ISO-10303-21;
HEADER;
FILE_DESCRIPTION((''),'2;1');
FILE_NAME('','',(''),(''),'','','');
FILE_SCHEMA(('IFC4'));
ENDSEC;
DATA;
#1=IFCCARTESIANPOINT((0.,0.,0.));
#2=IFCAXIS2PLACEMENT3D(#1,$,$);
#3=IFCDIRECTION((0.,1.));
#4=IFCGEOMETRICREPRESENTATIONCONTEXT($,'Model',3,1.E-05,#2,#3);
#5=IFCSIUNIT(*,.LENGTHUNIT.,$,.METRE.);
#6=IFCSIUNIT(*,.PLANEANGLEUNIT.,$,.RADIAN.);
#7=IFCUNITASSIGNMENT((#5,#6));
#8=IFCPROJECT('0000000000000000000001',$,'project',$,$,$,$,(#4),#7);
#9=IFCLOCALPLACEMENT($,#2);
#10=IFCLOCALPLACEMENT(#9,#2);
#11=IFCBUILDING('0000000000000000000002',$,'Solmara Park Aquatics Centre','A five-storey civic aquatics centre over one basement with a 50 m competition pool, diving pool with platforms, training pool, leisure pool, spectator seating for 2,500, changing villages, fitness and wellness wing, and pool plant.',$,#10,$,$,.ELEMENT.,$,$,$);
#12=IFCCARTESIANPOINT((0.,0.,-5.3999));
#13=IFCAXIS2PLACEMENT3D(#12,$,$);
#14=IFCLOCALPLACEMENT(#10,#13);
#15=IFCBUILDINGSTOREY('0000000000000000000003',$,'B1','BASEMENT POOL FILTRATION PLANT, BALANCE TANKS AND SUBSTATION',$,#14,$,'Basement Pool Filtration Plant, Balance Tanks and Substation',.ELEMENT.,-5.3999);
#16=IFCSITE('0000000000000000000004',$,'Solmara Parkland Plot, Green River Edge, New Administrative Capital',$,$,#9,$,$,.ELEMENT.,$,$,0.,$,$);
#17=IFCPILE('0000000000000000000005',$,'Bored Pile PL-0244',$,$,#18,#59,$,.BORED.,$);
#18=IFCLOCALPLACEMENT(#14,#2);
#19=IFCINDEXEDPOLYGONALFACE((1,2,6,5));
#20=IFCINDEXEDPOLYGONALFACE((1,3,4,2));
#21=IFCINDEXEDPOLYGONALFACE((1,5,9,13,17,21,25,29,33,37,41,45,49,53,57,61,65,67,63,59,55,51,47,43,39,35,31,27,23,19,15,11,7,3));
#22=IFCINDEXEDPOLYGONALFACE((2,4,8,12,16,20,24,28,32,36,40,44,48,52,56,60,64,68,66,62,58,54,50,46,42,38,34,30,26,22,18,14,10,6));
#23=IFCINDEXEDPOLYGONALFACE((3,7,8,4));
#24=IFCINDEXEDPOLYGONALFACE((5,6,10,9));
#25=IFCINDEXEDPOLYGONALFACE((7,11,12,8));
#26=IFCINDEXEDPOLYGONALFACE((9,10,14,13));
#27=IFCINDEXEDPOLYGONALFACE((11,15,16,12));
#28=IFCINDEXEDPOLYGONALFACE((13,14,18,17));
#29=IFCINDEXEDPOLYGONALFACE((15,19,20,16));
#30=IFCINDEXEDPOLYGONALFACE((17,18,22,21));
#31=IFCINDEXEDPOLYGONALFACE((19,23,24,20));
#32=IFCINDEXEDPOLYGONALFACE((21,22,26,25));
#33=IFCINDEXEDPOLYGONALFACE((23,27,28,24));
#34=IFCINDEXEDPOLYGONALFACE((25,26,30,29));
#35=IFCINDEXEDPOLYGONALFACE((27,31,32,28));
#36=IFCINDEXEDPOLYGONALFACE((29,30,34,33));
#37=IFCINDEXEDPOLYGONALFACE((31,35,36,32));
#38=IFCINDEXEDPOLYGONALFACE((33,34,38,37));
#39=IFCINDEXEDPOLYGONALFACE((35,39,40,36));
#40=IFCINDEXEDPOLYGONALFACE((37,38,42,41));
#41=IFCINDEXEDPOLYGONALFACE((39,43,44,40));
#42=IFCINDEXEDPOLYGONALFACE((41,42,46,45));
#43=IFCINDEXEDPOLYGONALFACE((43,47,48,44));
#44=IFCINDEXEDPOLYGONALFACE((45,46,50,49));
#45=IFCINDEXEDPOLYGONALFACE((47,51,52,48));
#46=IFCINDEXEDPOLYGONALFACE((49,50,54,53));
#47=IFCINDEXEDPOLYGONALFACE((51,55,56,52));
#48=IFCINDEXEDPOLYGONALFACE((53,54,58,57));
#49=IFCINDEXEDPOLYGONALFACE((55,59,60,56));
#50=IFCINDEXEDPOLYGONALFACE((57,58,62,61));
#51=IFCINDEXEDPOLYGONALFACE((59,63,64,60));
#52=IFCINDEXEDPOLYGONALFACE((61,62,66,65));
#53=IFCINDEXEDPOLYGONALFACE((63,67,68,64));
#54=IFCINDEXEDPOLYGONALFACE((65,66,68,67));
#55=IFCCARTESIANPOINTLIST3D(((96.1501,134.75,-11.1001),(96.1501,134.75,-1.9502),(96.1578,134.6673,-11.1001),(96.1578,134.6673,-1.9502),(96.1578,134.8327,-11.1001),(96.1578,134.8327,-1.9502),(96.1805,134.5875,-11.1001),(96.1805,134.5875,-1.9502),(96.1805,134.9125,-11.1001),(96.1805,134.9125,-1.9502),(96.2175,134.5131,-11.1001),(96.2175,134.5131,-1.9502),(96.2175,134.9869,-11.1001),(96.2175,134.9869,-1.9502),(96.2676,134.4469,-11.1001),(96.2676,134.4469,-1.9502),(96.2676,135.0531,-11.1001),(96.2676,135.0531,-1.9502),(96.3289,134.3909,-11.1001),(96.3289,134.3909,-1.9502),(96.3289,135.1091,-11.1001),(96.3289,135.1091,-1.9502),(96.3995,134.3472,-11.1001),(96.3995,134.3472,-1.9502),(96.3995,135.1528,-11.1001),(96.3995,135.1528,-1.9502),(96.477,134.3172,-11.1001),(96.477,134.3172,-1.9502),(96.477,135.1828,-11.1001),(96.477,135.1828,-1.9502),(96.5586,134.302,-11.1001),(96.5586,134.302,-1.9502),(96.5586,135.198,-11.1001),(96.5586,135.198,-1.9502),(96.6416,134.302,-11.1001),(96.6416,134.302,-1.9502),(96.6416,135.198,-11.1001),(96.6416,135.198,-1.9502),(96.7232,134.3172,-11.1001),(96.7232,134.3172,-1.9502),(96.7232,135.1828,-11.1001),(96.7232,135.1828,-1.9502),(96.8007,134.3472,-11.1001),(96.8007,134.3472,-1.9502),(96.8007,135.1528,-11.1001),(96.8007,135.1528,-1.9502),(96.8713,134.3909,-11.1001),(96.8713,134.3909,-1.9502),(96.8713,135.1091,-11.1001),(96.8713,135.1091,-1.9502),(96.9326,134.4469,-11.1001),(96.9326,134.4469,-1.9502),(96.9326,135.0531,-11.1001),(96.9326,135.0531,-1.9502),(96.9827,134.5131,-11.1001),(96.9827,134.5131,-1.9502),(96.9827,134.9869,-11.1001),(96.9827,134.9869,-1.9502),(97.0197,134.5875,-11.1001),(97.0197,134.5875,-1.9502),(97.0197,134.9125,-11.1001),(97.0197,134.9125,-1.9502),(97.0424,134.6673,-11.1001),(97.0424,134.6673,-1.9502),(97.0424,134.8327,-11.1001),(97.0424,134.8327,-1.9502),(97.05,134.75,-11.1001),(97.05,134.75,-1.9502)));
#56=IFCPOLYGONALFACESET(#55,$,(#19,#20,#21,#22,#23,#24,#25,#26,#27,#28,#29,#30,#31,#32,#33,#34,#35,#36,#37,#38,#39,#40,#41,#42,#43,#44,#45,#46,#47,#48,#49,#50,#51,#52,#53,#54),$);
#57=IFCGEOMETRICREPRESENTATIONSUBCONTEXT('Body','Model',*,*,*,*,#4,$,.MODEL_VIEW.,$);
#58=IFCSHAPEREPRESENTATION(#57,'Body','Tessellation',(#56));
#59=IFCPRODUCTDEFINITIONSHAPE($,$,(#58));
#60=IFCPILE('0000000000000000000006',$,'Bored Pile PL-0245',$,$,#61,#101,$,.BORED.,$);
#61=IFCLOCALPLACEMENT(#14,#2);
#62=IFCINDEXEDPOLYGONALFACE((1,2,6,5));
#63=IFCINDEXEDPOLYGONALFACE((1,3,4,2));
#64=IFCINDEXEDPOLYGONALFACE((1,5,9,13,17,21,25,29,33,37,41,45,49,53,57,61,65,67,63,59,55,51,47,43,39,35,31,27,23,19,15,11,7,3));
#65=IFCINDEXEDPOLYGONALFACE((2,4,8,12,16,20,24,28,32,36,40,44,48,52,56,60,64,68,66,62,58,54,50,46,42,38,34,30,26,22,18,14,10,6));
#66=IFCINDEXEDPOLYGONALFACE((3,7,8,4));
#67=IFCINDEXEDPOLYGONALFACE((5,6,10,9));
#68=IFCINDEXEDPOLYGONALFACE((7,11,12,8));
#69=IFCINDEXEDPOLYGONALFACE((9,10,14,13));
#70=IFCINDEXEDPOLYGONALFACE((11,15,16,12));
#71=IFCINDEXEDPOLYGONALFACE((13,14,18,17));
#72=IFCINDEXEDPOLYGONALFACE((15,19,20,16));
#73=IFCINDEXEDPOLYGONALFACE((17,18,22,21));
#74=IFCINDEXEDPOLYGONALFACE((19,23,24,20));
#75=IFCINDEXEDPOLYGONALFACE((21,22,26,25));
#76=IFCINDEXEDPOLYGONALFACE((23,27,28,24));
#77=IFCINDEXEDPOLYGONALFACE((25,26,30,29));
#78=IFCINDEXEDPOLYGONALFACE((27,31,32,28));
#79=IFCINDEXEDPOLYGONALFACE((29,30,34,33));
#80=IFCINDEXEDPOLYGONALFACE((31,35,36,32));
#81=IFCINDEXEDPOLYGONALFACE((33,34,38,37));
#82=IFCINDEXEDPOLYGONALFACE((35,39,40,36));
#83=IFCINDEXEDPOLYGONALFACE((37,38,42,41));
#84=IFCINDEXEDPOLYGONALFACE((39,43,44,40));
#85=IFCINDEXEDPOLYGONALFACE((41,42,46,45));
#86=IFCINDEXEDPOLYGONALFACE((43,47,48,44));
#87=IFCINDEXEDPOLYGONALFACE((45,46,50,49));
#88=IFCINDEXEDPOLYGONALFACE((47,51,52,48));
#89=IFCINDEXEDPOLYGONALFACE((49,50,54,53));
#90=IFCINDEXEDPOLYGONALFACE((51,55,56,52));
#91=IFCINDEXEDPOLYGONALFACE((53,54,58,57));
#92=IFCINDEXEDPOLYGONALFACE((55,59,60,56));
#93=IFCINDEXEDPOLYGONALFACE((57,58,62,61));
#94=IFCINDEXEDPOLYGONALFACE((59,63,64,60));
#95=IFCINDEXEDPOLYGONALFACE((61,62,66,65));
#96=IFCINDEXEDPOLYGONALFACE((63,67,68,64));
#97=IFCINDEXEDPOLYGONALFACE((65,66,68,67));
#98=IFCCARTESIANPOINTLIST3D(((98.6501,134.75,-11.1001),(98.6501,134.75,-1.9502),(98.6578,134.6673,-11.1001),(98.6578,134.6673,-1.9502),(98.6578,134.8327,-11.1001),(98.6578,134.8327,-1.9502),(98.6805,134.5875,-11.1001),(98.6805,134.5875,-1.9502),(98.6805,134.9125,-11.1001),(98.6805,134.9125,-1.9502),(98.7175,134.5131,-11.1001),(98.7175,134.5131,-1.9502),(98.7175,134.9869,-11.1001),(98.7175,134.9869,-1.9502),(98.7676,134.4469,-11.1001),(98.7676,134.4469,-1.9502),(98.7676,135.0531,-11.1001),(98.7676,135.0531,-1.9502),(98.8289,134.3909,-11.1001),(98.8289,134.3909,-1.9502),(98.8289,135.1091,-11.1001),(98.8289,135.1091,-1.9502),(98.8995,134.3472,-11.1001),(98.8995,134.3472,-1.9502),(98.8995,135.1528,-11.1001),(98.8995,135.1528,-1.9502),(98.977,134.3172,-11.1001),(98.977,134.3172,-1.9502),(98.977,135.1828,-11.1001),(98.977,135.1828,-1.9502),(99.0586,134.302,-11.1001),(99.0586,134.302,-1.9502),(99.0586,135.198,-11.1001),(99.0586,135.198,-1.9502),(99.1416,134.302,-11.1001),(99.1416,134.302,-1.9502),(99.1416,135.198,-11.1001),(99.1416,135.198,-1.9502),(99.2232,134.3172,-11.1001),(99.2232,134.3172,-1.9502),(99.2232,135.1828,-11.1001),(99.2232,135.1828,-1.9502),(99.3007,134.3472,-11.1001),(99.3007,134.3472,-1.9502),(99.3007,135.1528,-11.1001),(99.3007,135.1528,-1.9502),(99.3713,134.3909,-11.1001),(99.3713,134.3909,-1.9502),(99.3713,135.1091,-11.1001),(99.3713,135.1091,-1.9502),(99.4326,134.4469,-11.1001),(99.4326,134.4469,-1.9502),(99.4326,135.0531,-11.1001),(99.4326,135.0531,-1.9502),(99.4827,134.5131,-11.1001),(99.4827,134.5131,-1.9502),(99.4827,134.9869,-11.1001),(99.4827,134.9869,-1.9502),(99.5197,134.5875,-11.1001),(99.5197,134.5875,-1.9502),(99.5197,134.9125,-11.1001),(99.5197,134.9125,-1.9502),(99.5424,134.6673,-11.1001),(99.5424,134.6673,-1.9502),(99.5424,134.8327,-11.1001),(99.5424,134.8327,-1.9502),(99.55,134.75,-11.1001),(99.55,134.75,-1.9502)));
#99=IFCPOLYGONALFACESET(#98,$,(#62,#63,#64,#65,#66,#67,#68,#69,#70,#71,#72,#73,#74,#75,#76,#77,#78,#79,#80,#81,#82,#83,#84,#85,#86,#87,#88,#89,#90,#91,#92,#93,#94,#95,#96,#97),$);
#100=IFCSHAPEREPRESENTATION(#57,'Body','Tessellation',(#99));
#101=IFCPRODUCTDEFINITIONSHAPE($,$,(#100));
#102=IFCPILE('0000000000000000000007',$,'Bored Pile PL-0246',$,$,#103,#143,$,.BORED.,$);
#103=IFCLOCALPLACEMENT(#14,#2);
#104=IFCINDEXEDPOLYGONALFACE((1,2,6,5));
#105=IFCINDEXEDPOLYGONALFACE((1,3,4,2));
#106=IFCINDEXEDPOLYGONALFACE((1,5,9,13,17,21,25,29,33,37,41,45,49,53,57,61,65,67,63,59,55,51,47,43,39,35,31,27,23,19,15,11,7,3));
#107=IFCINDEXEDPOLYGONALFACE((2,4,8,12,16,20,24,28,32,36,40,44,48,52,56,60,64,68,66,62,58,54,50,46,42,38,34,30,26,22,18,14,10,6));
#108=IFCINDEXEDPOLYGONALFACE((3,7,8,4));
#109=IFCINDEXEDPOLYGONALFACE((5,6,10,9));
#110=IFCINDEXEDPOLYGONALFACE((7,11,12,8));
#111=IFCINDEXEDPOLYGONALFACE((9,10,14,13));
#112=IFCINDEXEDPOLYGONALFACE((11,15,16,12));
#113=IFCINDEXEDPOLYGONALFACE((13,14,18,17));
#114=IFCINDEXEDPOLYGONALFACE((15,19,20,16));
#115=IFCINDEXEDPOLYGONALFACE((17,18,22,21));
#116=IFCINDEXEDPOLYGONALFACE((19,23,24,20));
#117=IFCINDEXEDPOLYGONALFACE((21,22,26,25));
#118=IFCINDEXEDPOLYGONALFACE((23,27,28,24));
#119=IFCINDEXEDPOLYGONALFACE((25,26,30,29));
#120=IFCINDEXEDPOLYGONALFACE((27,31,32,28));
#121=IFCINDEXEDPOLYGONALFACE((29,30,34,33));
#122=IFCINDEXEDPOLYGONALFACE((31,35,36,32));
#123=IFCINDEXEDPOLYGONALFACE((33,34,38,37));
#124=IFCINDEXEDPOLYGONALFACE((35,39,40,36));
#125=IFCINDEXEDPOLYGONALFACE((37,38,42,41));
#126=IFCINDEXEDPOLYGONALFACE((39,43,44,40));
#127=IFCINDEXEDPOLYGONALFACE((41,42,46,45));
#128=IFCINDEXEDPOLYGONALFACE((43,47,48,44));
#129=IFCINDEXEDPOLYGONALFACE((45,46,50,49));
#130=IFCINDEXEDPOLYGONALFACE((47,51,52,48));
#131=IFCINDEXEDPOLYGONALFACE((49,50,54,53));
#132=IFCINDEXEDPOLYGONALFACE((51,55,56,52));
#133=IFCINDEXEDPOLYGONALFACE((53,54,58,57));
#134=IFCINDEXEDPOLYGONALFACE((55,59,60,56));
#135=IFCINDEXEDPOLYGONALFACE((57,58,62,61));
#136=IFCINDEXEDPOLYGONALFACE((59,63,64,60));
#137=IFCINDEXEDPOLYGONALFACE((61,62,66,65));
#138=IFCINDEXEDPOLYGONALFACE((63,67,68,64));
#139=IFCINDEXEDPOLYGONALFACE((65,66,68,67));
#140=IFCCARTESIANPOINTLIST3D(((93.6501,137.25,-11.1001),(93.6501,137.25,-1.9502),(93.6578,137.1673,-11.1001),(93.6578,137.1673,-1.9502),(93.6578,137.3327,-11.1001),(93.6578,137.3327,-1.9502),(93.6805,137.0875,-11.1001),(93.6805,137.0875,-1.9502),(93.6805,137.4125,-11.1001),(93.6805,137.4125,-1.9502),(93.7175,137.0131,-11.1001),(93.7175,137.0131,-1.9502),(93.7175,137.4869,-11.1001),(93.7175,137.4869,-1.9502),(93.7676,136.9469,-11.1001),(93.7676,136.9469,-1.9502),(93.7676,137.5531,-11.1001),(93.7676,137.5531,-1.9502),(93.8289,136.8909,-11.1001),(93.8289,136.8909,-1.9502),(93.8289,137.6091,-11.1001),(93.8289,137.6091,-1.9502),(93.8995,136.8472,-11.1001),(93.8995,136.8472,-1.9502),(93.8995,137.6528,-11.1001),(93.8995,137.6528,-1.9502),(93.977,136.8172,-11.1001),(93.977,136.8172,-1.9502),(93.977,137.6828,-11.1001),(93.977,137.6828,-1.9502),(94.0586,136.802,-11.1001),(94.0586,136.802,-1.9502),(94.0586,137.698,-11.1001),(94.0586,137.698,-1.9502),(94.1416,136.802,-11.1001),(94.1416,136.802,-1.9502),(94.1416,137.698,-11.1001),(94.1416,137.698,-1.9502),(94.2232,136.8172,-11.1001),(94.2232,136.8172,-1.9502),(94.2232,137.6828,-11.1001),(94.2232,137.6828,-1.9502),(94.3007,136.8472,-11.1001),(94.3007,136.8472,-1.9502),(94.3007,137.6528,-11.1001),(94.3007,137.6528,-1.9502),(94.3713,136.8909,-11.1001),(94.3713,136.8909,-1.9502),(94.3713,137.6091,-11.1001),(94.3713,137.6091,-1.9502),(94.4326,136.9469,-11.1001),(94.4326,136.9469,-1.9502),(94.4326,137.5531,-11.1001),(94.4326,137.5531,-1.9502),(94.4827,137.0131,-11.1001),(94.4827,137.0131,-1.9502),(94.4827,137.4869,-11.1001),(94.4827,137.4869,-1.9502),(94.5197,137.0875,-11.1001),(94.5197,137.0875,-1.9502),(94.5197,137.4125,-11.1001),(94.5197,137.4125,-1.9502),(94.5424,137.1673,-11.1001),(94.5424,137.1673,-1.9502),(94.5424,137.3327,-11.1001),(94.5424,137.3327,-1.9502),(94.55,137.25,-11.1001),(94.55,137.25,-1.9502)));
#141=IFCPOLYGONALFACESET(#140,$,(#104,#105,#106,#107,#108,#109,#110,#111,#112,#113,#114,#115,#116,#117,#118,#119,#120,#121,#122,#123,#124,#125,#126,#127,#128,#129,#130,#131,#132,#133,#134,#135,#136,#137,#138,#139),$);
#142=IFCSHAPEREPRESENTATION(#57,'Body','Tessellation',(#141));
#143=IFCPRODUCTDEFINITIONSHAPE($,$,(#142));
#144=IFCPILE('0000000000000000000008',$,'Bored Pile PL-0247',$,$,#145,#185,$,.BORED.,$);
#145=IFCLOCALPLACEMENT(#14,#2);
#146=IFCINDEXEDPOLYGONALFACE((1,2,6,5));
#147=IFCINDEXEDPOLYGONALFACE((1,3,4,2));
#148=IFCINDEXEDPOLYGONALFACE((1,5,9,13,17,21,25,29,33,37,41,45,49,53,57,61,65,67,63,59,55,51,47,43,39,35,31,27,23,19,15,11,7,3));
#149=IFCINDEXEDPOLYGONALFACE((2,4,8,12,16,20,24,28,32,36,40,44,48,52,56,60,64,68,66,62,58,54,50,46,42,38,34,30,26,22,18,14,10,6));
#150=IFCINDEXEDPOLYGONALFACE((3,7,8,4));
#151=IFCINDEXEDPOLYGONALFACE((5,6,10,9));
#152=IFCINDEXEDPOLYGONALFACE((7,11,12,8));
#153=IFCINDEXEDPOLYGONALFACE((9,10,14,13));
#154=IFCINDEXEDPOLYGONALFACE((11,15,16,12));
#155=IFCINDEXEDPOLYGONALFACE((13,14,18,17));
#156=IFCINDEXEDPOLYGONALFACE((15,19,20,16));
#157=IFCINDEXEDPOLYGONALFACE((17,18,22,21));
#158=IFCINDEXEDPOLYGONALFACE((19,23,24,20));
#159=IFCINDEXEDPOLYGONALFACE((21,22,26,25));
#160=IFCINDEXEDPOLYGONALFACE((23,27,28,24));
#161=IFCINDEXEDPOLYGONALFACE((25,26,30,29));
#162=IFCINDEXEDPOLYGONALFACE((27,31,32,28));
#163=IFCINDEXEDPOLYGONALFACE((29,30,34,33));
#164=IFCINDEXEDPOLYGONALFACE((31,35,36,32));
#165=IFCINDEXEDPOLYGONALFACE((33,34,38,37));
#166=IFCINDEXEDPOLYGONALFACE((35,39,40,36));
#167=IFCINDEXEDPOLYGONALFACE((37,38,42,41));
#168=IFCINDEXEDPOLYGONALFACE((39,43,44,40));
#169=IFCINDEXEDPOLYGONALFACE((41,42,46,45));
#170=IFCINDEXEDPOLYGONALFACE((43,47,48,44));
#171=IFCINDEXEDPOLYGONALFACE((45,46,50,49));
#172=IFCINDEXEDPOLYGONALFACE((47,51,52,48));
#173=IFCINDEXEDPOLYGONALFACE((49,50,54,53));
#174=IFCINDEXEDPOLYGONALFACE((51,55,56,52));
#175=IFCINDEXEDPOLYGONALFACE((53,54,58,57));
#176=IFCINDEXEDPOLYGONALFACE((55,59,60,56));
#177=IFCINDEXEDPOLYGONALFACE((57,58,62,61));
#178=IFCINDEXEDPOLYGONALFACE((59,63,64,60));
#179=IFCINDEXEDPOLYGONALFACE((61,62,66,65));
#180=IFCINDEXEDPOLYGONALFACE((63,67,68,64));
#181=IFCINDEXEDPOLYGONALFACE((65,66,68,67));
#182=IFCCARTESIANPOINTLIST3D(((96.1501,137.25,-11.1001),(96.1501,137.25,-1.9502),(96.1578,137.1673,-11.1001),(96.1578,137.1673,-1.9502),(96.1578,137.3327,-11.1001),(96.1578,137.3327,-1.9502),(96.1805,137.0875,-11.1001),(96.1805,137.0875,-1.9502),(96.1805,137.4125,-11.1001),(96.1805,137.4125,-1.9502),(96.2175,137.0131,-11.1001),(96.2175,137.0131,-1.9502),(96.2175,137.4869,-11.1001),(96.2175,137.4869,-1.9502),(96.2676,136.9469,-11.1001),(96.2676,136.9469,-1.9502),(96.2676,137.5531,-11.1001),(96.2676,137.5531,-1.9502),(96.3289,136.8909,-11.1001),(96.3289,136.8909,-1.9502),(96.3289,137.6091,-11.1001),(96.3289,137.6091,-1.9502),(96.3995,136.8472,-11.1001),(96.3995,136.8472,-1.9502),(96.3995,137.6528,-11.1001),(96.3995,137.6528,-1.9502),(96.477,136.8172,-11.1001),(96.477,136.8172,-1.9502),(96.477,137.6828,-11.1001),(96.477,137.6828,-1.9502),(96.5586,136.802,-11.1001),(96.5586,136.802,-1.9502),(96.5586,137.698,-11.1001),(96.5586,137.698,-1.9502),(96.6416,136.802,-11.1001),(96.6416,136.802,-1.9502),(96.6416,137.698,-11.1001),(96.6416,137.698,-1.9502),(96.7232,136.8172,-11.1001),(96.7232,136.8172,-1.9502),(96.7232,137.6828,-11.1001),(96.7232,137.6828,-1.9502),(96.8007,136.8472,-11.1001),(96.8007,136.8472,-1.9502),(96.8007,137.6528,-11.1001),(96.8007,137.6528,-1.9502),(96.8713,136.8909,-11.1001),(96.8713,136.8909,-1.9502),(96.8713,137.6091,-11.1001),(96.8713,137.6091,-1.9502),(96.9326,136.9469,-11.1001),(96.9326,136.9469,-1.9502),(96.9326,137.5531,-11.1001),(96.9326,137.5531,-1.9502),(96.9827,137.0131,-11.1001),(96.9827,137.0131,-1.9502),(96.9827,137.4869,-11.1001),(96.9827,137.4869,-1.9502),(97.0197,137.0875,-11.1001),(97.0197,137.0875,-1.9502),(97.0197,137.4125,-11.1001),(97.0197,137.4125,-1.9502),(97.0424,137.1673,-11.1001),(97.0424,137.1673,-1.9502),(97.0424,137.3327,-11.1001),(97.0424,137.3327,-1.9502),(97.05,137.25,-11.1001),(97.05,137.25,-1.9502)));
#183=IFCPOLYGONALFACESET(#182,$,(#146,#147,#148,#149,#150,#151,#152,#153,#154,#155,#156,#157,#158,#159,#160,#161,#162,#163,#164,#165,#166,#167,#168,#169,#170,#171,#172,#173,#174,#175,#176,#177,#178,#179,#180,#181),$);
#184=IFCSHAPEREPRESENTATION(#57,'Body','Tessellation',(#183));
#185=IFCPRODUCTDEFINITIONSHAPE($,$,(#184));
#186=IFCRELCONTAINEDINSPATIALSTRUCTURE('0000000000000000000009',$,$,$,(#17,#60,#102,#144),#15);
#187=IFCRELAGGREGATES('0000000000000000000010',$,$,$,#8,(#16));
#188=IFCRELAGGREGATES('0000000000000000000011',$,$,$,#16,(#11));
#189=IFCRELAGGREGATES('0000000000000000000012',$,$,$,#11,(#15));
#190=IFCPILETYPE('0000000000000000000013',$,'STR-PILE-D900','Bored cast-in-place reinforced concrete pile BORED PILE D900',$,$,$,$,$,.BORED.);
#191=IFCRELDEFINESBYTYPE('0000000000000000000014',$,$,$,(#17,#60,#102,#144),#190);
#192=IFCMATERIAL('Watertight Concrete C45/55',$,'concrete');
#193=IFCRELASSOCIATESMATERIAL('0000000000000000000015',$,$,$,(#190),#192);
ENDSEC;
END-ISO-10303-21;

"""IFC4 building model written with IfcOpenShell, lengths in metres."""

from ifc_helpers import new_model, si_unit, direction, frame, origin, origin_2d, place, context, subcontext, project, spatial, circle, extrude, material, material_profile, profile_set, type_object, element, save


model = new_model("IFC4")

# Units and contexts
model_context = context("Model", 3, precision=1e-05, world=origin(), true_north=direction((0.0, 1.0)))
body_context = subcontext(model_context, "Body", "Model", "MODEL_VIEW")
ifc_project = project(units=[si_unit("LENGTHUNIT", "METRE"), si_unit("PLANEANGLEUNIT", "RADIAN")], contexts=[model_context])

# Site, building, storey
site_placement = place(None, origin())
site = spatial("IfcSite", under=ifc_project, at=site_placement, Name="Solmara Parkland Plot, Green River Edge, New Administrative Capital", CompositionType="ELEMENT", RefElevation=0.0)
building_placement = place(site_placement, origin())
building = spatial("IfcBuilding", under=site, at=building_placement, Name="Solmara Park Aquatics Centre", Description="A five-storey civic aquatics centre over one basement with a 50 m competition pool, diving pool with platforms, training pool, leisure pool, spectator seating for 2,500, changing villages, fitness and wellness wing, and pool plant.", CompositionType="ELEMENT")
storey_placement = place(building_placement, frame((0.0, 0.0, -5.3999)))
storey = spatial("IfcBuildingStorey", under=building, at=storey_placement, Name="B1", Description="BASEMENT POOL FILTRATION PLANT, BALANCE TANKS AND SUBSTATION", LongName="Basement Pool Filtration Plant, Balance Tanks and Substation", CompositionType="ELEMENT", Elevation=-5.3999)

# Shared definitions
ifc_material_1 = material(Name="Watertight Concrete C45/55", Category="concrete")

# Piles
ifc_material_profile_1 = material_profile(ifc_material_1, circle(Radius=0.45, at=origin_2d()), Name="BORED PILE D900")
ifc_profile_set_1 = profile_set([ifc_material_profile_1], Name="Watertight Concrete C45/55")
pile_type_1 = type_object("IfcPileType", Name="STR-PILE-D900", Description="Bored cast-in-place reinforced concrete pile BORED PILE D900", PredefinedType="BORED", material=ifc_profile_set_1)
for number, where, z_axis, x_axis, name in (
    (1, (96.6001, 134.75, -1.9502), (0.0, 0.0, -1.0), (1.0, 0.0, 0.0), "Bored Pile PL-0244"),
    (2, (99.1001, 134.75, -1.9502), (0.0, 0.0, -1.0), (1.0, 0.0, 0.0), "Bored Pile PL-0245"),
    (3, (94.1001, 137.25, -1.9502), (0.0, 0.0, -1.0), (1.0, 0.0, 0.0), "Bored Pile PL-0246"),
    (4, (96.6001, 137.25, -1.9502), (0.0, 0.0, -1.0), (1.0, 0.0, 0.0), "Bored Pile PL-0247"),
):
    element("IfcPile", number, at=place(storey_placement, frame(where, z_axis=z_axis, x_axis=x_axis)), inside=storey, type_object=pile_type_1, Name=name, PredefinedType="BORED", context=body_context, shape_type="SweptSolid", body=[
        extrude(circle(Radius=0.45, at=origin_2d()), origin(), (0.0, 0.0, 1.0), 9.1499),
    ])

save(model, "model.ifc")
